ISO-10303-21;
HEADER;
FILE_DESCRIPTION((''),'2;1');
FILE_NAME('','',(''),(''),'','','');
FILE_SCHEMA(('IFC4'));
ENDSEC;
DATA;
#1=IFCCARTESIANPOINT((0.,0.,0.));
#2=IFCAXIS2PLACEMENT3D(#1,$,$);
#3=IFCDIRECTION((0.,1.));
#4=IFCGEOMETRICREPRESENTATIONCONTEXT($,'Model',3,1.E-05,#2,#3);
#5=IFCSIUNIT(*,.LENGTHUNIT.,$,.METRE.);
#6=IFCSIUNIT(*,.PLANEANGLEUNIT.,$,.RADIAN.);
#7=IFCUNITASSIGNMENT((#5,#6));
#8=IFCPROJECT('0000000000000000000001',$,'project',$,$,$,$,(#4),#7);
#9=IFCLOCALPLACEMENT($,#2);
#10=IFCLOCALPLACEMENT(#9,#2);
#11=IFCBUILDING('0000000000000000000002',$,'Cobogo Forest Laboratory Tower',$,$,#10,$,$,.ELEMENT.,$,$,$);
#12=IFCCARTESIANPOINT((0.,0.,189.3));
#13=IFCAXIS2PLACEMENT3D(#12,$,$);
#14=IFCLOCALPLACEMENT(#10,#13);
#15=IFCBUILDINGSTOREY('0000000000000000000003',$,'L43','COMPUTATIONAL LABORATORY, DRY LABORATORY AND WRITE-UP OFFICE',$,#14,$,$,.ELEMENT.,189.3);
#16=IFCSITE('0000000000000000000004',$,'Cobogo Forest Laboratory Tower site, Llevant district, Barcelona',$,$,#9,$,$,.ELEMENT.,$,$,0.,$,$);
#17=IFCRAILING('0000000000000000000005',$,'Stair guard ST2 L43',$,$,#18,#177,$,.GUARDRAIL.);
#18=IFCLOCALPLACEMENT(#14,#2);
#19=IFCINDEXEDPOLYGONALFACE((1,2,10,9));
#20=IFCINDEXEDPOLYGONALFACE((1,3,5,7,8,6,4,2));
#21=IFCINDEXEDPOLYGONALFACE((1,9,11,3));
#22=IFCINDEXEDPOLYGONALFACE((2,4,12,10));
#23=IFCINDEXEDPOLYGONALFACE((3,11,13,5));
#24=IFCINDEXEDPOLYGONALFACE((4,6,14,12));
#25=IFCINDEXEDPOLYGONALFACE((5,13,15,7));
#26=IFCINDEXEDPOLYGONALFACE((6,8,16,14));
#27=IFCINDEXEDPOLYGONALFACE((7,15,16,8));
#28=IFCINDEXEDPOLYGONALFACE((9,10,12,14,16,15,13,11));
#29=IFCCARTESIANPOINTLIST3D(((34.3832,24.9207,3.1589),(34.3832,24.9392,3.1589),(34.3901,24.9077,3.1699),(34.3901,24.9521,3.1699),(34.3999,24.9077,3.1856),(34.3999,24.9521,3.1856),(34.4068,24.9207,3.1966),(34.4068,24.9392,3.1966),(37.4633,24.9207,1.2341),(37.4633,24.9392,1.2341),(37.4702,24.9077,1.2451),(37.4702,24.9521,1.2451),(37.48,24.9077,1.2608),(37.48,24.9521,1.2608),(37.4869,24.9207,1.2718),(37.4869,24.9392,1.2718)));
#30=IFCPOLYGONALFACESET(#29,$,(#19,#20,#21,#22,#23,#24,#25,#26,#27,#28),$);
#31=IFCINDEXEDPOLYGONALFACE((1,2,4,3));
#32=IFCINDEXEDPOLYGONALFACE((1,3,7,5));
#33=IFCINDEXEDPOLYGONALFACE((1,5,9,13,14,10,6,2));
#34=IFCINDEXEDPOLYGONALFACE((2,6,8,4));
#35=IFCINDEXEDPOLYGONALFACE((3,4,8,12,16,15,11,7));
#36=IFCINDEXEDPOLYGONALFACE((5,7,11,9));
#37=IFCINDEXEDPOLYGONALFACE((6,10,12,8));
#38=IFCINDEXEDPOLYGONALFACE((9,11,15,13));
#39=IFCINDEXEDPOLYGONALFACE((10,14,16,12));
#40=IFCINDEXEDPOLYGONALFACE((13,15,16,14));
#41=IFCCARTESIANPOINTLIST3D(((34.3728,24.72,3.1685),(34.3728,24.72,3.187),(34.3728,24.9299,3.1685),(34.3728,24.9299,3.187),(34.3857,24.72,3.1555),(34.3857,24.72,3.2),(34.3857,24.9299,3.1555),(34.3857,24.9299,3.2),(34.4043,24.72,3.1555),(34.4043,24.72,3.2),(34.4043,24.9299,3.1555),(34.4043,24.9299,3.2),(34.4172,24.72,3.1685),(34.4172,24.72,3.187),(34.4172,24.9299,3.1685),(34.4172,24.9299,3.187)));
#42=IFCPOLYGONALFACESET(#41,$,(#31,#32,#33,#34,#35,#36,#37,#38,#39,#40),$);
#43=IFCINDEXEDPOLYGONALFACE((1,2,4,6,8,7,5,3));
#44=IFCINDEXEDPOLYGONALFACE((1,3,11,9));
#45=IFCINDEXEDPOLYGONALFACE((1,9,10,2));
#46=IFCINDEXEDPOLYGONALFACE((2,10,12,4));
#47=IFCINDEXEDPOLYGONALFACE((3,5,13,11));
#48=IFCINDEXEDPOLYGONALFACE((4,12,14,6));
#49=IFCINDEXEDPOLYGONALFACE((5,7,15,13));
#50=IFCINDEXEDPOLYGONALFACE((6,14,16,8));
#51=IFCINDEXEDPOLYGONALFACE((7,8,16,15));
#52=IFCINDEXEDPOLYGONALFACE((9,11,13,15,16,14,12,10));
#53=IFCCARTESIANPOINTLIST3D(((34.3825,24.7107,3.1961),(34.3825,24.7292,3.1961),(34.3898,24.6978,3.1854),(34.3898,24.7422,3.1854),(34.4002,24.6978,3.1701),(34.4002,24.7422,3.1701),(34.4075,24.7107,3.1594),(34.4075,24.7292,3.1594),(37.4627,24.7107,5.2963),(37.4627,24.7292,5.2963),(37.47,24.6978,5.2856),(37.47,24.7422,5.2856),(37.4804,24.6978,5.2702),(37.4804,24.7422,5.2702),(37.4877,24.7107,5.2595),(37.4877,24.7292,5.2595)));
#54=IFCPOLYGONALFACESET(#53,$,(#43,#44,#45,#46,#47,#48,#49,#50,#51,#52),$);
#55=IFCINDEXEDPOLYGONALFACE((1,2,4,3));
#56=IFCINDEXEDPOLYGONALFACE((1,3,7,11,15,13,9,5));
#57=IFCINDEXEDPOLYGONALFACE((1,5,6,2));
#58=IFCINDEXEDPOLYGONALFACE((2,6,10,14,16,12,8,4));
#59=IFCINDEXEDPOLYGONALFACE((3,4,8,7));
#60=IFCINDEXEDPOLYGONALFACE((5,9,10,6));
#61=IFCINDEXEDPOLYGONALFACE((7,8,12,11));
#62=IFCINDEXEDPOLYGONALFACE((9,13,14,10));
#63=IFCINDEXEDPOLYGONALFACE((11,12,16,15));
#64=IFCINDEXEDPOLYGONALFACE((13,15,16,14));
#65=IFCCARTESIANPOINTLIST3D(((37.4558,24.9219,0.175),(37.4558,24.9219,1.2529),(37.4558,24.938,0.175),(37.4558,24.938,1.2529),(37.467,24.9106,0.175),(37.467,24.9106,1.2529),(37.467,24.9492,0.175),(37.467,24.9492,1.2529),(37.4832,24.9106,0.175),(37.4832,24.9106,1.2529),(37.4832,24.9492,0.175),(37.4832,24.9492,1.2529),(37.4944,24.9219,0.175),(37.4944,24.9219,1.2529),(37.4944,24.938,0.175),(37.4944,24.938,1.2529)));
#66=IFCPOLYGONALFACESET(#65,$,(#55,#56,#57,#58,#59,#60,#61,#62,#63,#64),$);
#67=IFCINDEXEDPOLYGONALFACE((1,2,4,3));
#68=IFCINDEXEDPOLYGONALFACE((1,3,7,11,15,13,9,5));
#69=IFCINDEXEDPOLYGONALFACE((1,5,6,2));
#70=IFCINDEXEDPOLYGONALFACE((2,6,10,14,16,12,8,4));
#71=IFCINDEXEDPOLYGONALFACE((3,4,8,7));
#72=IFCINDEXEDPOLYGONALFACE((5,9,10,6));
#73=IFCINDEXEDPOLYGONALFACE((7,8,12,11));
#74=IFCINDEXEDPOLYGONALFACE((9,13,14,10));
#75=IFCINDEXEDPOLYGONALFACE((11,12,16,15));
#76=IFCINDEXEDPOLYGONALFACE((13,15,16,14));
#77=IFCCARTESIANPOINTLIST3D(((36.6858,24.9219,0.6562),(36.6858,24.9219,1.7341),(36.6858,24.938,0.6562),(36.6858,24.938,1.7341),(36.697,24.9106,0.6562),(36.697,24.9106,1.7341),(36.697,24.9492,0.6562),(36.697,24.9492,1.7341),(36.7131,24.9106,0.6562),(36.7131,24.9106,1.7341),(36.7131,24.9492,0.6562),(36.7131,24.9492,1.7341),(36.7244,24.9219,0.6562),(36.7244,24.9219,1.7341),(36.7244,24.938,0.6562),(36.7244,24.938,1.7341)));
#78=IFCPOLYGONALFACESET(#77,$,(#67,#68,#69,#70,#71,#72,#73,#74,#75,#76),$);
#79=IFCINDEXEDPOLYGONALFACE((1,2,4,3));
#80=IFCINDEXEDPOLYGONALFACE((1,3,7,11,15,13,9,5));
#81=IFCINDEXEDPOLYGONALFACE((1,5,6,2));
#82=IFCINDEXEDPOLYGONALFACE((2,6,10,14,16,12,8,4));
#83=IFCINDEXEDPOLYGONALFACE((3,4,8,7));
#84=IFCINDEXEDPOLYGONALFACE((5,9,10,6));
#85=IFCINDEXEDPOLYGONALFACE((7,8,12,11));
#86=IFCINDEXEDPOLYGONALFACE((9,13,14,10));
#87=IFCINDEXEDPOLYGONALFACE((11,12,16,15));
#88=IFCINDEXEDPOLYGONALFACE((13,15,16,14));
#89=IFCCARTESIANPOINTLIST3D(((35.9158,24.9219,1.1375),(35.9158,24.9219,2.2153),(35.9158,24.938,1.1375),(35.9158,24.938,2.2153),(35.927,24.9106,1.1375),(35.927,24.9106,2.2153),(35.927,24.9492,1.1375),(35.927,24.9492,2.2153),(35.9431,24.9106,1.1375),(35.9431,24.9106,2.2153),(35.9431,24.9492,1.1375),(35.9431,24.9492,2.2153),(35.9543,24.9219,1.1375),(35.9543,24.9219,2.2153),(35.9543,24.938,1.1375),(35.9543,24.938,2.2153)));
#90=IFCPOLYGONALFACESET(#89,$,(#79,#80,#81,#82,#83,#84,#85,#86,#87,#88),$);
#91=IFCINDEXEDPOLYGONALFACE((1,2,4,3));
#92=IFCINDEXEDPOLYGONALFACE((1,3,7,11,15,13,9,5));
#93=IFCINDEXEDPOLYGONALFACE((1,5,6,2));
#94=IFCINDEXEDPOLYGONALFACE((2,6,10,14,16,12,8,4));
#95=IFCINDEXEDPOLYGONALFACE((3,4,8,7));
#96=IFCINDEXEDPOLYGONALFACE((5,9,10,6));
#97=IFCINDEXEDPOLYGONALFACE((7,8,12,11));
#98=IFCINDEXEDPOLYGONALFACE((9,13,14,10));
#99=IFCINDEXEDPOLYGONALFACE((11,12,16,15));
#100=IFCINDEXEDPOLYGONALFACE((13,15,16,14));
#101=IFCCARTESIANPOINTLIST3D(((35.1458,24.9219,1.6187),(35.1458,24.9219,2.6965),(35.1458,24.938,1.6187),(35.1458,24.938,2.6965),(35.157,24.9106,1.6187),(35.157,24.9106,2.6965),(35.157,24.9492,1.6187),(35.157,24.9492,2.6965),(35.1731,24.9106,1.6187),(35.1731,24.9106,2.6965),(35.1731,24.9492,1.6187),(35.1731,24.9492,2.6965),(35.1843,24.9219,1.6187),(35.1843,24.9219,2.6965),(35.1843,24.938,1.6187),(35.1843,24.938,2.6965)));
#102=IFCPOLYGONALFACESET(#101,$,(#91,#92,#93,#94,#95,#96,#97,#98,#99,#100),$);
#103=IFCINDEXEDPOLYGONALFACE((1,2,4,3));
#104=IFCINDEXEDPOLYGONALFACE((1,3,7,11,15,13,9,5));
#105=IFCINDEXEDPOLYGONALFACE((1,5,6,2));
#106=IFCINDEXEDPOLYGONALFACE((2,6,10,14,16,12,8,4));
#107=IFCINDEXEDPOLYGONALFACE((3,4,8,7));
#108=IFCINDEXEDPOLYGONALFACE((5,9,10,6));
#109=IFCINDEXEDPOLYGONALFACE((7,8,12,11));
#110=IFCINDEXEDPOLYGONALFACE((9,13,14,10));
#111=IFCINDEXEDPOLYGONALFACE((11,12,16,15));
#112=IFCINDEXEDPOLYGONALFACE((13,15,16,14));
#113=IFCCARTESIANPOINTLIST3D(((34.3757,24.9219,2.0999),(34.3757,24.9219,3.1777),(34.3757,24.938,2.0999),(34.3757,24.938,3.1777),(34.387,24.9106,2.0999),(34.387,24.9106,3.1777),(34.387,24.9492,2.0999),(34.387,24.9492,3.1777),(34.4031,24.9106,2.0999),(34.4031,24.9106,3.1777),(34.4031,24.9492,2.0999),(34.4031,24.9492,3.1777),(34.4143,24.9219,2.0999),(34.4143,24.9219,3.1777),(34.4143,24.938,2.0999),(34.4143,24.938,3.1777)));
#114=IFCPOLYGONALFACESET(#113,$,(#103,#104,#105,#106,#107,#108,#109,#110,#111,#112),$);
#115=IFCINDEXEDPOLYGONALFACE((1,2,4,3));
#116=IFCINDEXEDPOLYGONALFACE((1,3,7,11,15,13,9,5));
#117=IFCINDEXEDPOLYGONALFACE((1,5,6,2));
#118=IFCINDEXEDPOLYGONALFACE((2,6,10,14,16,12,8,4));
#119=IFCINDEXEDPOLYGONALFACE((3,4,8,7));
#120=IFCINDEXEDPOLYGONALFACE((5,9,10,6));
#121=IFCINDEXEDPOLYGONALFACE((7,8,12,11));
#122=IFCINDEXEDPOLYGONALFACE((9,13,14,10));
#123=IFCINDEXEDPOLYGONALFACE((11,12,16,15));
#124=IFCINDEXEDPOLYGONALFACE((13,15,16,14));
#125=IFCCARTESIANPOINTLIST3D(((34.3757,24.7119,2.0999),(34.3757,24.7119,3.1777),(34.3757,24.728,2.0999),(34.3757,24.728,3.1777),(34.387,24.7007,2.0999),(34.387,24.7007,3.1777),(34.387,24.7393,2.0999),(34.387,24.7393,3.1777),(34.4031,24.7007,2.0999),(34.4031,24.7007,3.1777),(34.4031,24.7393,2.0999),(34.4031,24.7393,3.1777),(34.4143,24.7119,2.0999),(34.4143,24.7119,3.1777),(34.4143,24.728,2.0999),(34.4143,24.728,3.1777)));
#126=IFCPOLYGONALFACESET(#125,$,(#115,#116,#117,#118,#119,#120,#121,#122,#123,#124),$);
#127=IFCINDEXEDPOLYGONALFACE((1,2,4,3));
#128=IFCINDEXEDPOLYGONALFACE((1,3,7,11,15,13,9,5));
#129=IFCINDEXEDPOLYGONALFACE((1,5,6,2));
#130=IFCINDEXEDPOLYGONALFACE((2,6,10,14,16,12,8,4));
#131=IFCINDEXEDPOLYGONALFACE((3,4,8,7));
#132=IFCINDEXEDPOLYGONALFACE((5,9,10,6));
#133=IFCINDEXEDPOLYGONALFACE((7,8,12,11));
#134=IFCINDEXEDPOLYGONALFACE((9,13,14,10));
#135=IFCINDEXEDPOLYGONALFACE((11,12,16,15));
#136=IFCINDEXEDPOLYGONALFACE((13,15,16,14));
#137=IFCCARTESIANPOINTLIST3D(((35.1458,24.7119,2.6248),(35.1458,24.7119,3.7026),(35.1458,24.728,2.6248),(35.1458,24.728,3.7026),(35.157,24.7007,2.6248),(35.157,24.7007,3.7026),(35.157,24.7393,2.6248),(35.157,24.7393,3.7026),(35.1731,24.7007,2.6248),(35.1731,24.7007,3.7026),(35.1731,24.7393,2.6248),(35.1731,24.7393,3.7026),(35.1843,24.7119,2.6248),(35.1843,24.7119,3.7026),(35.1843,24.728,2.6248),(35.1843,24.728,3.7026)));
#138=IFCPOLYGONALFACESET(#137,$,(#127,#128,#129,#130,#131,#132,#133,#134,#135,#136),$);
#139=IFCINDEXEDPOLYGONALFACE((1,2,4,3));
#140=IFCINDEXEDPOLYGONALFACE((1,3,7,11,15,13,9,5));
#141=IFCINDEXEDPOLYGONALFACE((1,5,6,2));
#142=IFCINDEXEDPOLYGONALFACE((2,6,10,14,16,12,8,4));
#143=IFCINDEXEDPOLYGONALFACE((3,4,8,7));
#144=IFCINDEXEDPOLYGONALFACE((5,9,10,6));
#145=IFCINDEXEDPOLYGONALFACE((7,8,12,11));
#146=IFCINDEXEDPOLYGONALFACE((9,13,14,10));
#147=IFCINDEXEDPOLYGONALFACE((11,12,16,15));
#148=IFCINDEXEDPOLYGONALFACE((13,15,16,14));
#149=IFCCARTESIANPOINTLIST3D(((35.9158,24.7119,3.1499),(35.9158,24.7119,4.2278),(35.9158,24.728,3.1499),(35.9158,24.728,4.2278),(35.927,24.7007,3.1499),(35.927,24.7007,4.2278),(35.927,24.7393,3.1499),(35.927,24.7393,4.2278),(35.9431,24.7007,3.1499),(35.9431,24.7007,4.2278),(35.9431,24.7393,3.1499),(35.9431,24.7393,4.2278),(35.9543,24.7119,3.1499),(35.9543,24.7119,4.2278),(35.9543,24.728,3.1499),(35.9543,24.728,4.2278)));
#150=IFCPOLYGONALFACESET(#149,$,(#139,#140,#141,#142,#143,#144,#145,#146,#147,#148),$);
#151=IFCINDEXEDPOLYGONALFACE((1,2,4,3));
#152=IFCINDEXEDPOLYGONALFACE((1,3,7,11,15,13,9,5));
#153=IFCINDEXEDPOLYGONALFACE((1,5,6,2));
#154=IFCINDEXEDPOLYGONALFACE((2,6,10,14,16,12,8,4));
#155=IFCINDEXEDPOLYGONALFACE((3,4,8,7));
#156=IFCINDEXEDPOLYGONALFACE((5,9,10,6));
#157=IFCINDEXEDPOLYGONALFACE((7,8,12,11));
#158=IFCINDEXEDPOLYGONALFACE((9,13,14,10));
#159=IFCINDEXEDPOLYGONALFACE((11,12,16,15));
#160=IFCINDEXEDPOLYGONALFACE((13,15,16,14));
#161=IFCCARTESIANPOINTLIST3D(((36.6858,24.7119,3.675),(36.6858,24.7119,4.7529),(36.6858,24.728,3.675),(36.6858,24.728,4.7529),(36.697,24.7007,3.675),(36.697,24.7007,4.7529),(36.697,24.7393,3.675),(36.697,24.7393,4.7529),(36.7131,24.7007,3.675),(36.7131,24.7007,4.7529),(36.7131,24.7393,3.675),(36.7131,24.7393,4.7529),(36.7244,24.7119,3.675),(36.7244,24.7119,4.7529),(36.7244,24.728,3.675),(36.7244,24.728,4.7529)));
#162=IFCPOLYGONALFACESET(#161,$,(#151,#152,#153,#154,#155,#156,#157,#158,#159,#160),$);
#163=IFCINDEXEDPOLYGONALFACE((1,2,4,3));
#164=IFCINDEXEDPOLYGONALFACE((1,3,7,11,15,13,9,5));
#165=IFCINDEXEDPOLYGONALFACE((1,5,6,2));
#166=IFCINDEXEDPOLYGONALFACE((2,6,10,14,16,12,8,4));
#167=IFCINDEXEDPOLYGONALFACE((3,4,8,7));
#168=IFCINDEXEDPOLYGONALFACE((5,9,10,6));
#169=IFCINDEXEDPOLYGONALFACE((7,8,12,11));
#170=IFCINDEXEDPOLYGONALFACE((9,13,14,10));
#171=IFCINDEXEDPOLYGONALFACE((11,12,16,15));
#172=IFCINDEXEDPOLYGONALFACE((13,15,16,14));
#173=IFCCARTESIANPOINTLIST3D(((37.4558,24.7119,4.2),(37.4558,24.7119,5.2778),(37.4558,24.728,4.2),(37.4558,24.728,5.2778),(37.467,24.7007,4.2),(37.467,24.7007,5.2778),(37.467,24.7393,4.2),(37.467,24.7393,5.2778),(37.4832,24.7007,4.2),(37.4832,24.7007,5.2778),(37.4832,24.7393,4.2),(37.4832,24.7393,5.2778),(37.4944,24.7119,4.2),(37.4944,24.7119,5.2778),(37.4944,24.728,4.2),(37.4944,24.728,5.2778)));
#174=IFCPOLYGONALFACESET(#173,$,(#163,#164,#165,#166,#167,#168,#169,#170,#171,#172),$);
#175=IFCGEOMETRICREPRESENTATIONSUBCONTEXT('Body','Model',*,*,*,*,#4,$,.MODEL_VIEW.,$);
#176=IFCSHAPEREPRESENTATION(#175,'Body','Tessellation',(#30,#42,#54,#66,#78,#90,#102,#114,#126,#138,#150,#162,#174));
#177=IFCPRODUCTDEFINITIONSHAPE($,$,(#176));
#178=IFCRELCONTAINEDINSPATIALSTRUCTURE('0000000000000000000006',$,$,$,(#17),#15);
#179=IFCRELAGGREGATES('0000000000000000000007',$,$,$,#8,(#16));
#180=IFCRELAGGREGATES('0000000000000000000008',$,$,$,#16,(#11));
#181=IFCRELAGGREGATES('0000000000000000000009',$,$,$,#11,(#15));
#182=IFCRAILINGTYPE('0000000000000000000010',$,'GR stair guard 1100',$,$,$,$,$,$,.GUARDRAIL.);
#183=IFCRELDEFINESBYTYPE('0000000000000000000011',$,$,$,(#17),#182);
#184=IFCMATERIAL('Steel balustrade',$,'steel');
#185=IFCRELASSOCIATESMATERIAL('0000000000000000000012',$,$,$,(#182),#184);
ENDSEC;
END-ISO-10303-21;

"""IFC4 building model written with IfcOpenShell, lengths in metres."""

from ifc_helpers import new_model, si_unit, direction, frame, origin, place, context, subcontext, project, spatial, polyline, outline, extrude, material, type_object, element, save


model = new_model("IFC4")

# Units and contexts
model_context = context("Model", 3, precision=1e-05, world=origin(), true_north=direction((0.0, 1.0)))
body_context = subcontext(model_context, "Body", "Model", "MODEL_VIEW")
ifc_project = project(units=[si_unit("LENGTHUNIT", "METRE"), si_unit("PLANEANGLEUNIT", "RADIAN")], contexts=[model_context])

# Site, building, storey
site_placement = place(None, origin())
site = spatial("IfcSite", under=ifc_project, at=site_placement, Name="Cobogo Forest Laboratory Tower site, Llevant district, Barcelona", CompositionType="ELEMENT", RefElevation=0.0)
building_placement = place(site_placement, origin())
building = spatial("IfcBuilding", under=site, at=building_placement, Name="Cobogo Forest Laboratory Tower", CompositionType="ELEMENT")
storey_placement = place(building_placement, frame((0.0, 0.0, 189.3)))
storey = spatial("IfcBuildingStorey", under=building, at=storey_placement, Name="L43", Description="COMPUTATIONAL LABORATORY, DRY LABORATORY AND WRITE-UP OFFICE", CompositionType="ELEMENT", Elevation=189.3)

# Railing
ifc_material_1 = material(Name="Steel balustrade", Category="steel")
railing_type_1 = type_object("IfcRailingType", Name="GR stair guard 1100", PredefinedType="GUARDRAIL", material=ifc_material_1)
railing_1_placement = place(storey_placement, frame((37.4751, 24.9299, 0.175)))
element("IfcRailing", 1, at=railing_1_placement, inside=storey, type_object=railing_type_1, Name="Stair guard ST2 L43", PredefinedType="GUARDRAIL", context=body_context, shape_type="SweptSolid", body=[
    extrude(outline(polyline([(0.0222, 0.0093), (0.0093, 0.0222), (-0.0093, 0.0222), (-0.0222, 0.0093), (-0.0222, -0.0093), (-0.0093, -0.0222), (0.0093, -0.0222), (0.0222, -0.0093), (0.0222, 0.0093)])), frame((0.0, 0.0, 1.0779), z_axis=(-0.848029, 0.0, 0.529951), x_axis=(0.0, -1.0, 0.0)), (0.0, 0.0, 1.0), 3.6321),
    extrude(outline(polyline([(0.0222, 0.0093), (0.0093, 0.0222), (-0.0093, 0.0222), (-0.0222, 0.0093), (-0.0222, -0.0093), (-0.0093, -0.0222), (0.0093, -0.0222), (0.0222, -0.0093), (0.0222, 0.0093)])), frame((-3.0801, 0.0, 3.0027), z_axis=(0.0, -1.0, 0.0), x_axis=(1.0, 0.0, 0.0)), (0.0, 0.0, 1.0), 0.21),
    extrude(outline(polyline([(0.0222, 0.0093), (0.0093, 0.0222), (-0.0093, 0.0222), (-0.0222, 0.0093), (-0.0222, -0.0093), (-0.0093, -0.0222), (0.0093, -0.0222), (0.0222, -0.0093), (0.0222, 0.0093)])), frame((-3.0801, -0.21, 3.0027), z_axis=(0.826222, 0.0, 0.563345), x_axis=(0.0, 1.0, 0.0)), (0.0, 0.0, 1.0), 3.728),
    extrude(outline(polyline([(0.0193, 0.0081), (0.0081, 0.0193), (-0.0081, 0.0193), (-0.0193, 0.0081), (-0.0193, -0.0081), (-0.0081, -0.0193), (0.0081, -0.0193), (0.0193, -0.0081), (0.0193, 0.0081)])), origin(), (0.0, 0.0, 1.0), 1.0779),
    extrude(outline(polyline([(0.0193, 0.0081), (0.0081, 0.0193), (-0.0081, 0.0193), (-0.0193, 0.0081), (-0.0193, -0.0081), (-0.0081, -0.0193), (0.0081, -0.0193), (0.0193, -0.0081), (0.0193, 0.0081)])), frame((-0.77, 0.0, 0.4812)), (0.0, 0.0, 1.0), 1.0779),
    extrude(outline(polyline([(0.0193, 0.0081), (0.0081, 0.0193), (-0.0081, 0.0193), (-0.0193, 0.0081), (-0.0193, -0.0081), (-0.0081, -0.0193), (0.0081, -0.0193), (0.0193, -0.0081), (0.0193, 0.0081)])), frame((-1.54, 0.0, 0.9624)), (0.0, 0.0, 1.0), 1.0779),
    extrude(outline(polyline([(0.0193, 0.0081), (0.0081, 0.0193), (-0.0081, 0.0193), (-0.0193, 0.0081), (-0.0193, -0.0081), (-0.0081, -0.0193), (0.0081, -0.0193), (0.0193, -0.0081), (0.0193, 0.0081)])), frame((-2.3101, 0.0, 1.4436)), (0.0, 0.0, 1.0), 1.0779),
    extrude(outline(polyline([(0.0193, 0.0081), (0.0081, 0.0193), (-0.0081, 0.0193), (-0.0193, 0.0081), (-0.0193, -0.0081), (-0.0081, -0.0193), (0.0081, -0.0193), (0.0193, -0.0081), (0.0193, 0.0081)])), frame((-3.0801, 0.0, 1.9248)), (0.0, 0.0, 1.0), 1.0779),
    extrude(outline(polyline([(0.0193, 0.0081), (0.0081, 0.0193), (-0.0081, 0.0193), (-0.0193, 0.0081), (-0.0193, -0.0081), (-0.0081, -0.0193), (0.0081, -0.0193), (0.0193, -0.0081), (0.0193, 0.0081)])), frame((-3.0801, -0.21, 1.9248)), (0.0, 0.0, 1.0), 1.0779),
    extrude(outline(polyline([(0.0193, 0.0081), (0.0081, 0.0193), (-0.0081, 0.0193), (-0.0193, 0.0081), (-0.0193, -0.0081), (-0.0081, -0.0193), (0.0081, -0.0193), (0.0193, -0.0081), (0.0193, 0.0081)])), frame((-2.3101, -0.21, 2.4497)), (0.0, 0.0, 1.0), 1.0779),
    extrude(outline(polyline([(0.0193, 0.0081), (0.0081, 0.0193), (-0.0081, 0.0193), (-0.0193, 0.0081), (-0.0193, -0.0081), (-0.0081, -0.0193), (0.0081, -0.0193), (0.0193, -0.0081), (0.0193, 0.0081)])), frame((-1.54, -0.21, 2.9749)), (0.0, 0.0, 1.0), 1.0779),
    extrude(outline(polyline([(0.0193, 0.0081), (0.0081, 0.0193), (-0.0081, 0.0193), (-0.0193, 0.0081), (-0.0193, -0.0081), (-0.0081, -0.0193), (0.0081, -0.0193), (0.0193, -0.0081), (0.0193, 0.0081)])), frame((-0.77, -0.21, 3.5)), (0.0, 0.0, 1.0), 1.0779),
    extrude(outline(polyline([(0.0193, 0.0081), (0.0081, 0.0193), (-0.0081, 0.0193), (-0.0193, 0.0081), (-0.0193, -0.0081), (-0.0081, -0.0193), (0.0081, -0.0193), (0.0193, -0.0081), (0.0193, 0.0081)])), frame((0.0, -0.21, 4.0249)), (0.0, 0.0, 1.0), 1.0779),
])

save(model, "model.ifc")
